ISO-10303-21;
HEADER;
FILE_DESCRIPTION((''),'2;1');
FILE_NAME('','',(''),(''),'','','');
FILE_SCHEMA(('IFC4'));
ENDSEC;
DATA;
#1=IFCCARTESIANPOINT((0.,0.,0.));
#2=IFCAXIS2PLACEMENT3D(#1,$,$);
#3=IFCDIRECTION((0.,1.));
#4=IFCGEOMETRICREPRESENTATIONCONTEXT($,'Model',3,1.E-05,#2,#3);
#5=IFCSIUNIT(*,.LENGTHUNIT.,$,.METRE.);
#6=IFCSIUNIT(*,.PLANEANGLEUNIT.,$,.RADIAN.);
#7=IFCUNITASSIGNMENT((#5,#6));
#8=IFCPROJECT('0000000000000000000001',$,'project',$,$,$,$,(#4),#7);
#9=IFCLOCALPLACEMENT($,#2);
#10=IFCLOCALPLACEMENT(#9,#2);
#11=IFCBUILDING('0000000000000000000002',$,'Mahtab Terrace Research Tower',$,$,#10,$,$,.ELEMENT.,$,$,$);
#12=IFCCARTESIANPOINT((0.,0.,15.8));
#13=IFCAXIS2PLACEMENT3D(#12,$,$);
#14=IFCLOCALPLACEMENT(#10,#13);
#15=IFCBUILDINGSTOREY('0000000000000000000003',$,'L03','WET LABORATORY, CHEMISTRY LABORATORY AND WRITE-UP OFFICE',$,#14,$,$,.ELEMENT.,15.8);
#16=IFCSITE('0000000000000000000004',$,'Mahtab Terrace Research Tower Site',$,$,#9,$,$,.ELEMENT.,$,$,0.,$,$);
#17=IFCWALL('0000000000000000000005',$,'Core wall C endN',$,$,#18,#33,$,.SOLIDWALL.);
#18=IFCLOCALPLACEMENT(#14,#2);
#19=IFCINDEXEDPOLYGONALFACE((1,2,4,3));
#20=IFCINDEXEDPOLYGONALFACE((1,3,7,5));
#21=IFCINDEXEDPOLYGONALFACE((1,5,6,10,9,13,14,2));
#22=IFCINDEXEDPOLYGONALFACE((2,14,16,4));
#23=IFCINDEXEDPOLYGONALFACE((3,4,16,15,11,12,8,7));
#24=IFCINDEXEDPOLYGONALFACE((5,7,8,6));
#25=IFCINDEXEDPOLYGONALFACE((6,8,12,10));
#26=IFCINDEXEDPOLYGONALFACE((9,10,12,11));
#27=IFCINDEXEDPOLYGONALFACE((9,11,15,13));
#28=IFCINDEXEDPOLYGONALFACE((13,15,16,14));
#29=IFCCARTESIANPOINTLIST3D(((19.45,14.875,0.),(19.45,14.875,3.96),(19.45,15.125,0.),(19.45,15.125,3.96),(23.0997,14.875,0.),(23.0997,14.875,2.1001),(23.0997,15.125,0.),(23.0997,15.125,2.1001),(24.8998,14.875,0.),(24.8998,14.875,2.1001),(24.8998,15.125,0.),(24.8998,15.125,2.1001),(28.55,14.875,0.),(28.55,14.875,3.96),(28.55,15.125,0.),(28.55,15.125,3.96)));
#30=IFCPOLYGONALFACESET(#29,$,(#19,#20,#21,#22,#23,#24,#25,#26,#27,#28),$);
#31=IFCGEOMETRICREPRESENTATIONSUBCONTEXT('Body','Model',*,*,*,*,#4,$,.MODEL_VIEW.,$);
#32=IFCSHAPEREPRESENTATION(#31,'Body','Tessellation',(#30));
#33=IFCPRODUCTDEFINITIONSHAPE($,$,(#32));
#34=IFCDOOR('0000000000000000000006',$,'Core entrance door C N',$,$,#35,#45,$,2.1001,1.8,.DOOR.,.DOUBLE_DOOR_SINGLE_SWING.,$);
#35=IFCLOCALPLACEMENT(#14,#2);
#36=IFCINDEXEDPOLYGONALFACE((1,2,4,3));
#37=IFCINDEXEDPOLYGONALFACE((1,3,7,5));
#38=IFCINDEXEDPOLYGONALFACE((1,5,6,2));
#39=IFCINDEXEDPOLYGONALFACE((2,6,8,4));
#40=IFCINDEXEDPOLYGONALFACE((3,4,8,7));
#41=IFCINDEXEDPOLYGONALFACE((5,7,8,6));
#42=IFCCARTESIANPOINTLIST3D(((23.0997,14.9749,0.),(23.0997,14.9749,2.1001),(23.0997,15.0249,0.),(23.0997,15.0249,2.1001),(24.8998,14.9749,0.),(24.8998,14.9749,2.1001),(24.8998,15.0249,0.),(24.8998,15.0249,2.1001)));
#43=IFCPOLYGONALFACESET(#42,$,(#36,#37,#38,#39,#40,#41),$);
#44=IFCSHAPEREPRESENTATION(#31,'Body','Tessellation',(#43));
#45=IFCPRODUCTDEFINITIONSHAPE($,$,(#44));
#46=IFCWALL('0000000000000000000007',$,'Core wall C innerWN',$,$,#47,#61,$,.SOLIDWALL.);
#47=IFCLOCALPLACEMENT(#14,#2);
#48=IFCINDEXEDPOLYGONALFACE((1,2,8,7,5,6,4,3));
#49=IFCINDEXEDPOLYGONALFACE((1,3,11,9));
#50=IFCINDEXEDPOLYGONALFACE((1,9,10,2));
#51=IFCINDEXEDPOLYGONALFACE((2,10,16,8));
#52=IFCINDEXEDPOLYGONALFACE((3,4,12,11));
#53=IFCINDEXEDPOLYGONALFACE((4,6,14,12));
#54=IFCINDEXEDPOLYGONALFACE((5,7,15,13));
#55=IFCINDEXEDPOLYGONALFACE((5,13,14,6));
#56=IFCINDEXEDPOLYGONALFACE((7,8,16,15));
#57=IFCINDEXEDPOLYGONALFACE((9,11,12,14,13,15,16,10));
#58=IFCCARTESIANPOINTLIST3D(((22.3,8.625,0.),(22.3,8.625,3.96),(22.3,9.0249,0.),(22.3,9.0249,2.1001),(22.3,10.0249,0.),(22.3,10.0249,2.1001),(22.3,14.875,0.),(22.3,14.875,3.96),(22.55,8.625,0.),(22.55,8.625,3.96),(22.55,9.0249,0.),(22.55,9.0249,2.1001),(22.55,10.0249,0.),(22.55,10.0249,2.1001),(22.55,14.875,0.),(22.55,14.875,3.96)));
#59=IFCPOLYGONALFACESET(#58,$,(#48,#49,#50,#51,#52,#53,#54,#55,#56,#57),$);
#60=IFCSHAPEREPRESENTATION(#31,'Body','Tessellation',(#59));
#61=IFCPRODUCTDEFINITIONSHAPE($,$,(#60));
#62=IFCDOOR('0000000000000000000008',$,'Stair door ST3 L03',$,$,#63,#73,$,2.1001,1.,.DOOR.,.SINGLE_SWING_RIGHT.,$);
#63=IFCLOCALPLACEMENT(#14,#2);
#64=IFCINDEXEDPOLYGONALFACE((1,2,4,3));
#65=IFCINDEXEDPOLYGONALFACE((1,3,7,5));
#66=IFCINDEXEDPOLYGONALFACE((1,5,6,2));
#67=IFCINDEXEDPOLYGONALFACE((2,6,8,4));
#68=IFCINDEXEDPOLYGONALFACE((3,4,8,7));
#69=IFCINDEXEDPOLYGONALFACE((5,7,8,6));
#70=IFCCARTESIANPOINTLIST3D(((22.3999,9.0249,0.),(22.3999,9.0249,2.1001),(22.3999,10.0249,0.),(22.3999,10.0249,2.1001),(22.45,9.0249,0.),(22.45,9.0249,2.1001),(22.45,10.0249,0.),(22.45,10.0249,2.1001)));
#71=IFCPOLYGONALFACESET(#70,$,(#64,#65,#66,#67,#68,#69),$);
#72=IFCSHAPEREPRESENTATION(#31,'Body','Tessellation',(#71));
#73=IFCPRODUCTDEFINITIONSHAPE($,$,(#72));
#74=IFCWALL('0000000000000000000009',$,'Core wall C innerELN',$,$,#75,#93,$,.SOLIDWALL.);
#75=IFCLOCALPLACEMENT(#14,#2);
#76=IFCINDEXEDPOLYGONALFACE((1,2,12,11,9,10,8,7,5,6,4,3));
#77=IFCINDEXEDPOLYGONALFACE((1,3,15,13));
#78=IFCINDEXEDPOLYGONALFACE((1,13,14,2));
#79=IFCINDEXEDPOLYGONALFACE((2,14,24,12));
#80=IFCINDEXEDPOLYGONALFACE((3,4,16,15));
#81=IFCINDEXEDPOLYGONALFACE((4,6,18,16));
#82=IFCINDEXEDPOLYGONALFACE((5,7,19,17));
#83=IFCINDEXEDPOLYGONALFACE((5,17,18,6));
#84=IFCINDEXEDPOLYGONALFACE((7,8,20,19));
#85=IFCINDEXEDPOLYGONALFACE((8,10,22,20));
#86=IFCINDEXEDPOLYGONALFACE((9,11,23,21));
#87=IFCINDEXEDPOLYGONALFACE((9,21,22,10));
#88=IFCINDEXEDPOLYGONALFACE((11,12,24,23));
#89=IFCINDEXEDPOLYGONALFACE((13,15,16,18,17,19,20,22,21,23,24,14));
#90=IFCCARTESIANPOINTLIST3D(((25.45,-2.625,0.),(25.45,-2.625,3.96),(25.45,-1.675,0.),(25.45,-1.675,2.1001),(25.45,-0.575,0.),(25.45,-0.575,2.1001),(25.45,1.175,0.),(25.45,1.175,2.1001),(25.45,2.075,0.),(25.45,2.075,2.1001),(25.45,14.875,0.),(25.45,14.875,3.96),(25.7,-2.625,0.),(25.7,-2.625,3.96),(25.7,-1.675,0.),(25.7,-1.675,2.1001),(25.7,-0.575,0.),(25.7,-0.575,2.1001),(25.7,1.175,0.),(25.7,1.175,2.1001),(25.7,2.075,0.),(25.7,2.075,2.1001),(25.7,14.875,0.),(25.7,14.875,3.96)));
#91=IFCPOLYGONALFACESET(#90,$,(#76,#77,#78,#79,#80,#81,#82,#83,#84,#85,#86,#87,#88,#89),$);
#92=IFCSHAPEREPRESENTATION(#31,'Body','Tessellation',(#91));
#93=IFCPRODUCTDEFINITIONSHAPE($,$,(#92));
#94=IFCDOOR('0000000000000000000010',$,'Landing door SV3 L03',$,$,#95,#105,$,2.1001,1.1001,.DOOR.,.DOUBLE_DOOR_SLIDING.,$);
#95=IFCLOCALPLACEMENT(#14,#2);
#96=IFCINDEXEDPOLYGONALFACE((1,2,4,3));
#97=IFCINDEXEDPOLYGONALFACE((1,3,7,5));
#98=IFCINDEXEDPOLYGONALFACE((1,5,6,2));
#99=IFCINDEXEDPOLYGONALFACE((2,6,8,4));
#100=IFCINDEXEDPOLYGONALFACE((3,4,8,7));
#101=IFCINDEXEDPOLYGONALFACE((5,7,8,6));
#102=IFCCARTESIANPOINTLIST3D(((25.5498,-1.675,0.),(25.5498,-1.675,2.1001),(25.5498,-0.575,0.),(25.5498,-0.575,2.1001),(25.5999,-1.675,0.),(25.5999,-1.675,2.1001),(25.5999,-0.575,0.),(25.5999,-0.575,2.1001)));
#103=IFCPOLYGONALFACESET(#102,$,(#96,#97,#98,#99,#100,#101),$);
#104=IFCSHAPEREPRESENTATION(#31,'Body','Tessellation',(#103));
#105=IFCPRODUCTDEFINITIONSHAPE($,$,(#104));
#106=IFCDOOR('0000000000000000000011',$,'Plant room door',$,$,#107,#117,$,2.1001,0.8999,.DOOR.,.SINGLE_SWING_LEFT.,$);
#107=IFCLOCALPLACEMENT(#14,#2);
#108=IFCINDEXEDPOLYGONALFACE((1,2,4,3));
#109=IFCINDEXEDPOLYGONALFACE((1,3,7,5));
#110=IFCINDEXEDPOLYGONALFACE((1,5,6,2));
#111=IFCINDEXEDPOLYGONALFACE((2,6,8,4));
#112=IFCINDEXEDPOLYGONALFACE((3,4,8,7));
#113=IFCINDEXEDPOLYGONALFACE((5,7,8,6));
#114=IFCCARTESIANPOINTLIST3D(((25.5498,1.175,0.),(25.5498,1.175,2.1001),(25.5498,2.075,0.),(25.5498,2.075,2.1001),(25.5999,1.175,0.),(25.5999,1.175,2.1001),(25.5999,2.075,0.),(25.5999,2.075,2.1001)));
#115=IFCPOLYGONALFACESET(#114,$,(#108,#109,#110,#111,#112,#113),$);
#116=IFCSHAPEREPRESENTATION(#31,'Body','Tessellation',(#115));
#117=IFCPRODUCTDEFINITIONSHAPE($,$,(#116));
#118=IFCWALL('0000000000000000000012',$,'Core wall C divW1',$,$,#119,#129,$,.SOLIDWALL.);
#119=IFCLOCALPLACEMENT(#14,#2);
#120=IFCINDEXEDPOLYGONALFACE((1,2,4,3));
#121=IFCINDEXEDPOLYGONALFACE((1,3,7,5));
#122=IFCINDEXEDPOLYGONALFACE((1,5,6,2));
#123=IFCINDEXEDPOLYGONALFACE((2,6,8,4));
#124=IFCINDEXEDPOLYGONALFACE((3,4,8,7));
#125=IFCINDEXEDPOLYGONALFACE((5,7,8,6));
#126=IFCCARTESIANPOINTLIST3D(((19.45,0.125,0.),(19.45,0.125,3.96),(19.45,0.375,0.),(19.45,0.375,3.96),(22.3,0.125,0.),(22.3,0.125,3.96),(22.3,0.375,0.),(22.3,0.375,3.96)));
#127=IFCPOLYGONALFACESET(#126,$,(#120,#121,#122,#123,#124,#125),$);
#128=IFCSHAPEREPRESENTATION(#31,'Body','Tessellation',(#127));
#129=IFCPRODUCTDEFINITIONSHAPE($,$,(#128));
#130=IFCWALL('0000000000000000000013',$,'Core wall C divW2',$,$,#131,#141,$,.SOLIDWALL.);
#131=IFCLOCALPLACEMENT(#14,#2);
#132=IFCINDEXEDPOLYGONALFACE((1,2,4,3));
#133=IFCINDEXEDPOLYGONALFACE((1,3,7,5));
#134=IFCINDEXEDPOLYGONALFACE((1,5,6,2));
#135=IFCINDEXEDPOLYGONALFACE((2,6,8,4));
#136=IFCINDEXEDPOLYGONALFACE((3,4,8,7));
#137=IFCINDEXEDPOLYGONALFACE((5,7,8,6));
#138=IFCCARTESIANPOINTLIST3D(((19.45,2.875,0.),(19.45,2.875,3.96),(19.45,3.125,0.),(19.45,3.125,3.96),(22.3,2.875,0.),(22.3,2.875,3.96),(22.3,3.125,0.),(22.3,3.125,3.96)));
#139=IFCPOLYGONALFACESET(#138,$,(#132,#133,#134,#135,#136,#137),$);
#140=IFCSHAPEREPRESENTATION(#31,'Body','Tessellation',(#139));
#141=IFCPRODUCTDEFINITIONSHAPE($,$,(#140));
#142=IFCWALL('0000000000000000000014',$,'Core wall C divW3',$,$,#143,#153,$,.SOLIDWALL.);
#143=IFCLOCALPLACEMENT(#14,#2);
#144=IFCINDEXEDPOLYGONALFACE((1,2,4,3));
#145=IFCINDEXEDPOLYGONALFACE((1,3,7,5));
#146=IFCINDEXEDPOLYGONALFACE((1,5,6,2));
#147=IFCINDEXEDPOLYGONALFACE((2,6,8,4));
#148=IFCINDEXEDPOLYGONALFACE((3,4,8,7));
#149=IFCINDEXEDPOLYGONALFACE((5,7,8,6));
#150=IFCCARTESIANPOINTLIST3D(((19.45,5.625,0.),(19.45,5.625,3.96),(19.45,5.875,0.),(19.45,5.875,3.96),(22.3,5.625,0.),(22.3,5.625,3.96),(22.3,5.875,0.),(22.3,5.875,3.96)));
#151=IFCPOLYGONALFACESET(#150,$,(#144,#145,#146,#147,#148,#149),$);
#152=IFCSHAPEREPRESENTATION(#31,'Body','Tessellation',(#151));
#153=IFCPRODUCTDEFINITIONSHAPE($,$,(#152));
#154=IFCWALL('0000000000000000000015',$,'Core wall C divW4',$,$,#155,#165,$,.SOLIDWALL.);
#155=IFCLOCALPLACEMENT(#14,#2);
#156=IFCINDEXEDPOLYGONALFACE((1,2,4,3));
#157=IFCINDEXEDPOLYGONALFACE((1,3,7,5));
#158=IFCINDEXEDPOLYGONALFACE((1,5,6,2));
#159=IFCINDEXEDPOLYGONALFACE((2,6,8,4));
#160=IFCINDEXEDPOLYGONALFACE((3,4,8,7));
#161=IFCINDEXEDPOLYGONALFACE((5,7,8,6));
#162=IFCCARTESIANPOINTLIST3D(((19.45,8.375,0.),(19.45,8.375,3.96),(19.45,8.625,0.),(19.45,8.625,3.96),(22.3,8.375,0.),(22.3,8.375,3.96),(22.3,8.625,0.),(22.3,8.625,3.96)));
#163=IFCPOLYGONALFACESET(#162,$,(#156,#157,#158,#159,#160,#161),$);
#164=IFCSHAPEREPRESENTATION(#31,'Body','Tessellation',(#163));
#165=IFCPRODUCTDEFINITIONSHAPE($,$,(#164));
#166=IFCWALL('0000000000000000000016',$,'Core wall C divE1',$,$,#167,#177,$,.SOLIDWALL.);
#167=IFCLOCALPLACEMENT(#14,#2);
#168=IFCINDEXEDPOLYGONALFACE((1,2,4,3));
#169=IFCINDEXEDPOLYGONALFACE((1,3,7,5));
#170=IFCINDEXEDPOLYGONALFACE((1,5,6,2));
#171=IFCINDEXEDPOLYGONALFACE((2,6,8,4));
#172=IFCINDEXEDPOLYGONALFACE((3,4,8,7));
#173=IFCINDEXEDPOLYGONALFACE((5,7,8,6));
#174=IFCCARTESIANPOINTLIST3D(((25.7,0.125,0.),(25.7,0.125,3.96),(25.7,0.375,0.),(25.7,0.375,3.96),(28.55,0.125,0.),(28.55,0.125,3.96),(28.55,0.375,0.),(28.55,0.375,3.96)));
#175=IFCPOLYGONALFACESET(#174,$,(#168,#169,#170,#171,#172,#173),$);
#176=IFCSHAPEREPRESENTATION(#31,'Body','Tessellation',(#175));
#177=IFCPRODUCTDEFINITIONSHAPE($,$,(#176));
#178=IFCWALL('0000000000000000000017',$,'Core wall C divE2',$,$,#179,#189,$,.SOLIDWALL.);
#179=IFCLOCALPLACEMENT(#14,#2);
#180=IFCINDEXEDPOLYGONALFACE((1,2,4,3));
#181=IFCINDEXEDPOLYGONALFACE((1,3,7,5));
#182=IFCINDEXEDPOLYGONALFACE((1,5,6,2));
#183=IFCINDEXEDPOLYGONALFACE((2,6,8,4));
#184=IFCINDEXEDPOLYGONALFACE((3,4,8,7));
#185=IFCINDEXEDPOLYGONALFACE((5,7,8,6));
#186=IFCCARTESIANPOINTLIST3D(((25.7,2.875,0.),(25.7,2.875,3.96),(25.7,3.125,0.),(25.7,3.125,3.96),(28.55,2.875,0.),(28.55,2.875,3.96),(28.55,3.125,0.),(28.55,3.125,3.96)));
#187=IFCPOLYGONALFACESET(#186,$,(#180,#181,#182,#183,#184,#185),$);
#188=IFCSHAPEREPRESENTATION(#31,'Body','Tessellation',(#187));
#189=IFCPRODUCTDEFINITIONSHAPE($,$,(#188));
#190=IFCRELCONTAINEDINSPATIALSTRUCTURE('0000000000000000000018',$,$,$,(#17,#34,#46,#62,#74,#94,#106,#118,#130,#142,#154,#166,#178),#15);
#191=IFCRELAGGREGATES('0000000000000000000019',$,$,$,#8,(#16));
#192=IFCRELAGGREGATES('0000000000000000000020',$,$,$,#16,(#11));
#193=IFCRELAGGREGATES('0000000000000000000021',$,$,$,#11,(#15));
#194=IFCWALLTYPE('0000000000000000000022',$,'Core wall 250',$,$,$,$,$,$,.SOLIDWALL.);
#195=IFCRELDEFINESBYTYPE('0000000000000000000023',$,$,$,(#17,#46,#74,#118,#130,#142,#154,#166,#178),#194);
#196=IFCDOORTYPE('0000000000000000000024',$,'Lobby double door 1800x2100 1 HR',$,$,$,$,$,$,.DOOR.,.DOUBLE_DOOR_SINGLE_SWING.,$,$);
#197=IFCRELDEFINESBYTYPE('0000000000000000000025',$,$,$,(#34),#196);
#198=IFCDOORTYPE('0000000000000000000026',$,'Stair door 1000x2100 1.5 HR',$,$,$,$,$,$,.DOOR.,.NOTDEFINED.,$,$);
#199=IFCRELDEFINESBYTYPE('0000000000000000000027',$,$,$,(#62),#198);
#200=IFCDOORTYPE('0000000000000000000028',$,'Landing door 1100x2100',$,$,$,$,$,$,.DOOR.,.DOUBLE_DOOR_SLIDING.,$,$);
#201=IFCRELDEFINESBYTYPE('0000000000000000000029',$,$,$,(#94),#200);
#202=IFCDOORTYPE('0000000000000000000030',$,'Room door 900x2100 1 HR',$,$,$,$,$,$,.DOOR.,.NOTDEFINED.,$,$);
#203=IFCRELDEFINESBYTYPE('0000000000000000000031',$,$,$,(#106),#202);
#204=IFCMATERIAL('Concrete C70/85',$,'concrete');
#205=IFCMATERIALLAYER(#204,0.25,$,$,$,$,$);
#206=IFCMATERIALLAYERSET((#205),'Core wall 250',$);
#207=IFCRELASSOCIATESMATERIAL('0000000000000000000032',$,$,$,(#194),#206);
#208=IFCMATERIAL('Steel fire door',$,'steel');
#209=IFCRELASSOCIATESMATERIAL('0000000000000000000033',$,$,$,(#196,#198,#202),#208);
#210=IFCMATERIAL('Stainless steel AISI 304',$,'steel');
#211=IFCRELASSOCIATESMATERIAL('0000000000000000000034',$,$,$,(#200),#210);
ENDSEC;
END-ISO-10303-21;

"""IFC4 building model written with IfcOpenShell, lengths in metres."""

from ifc_helpers import new_model, si_unit, direction, frame, frame_2d, origin, place, context, subcontext, project, spatial, rectangle, extrude, material, layer, layer_set, type_object, element, fill, save


model = new_model("IFC4")

# Units and contexts
model_context = context("Model", 3, precision=1e-05, world=origin(), true_north=direction((0.0, 1.0)))
body_context = subcontext(model_context, "Body", "Model", "MODEL_VIEW")
ifc_project = project(units=[si_unit("LENGTHUNIT", "METRE"), si_unit("PLANEANGLEUNIT", "RADIAN")], contexts=[model_context])

# Site, building, storey
site_placement = place(None, origin())
site = spatial("IfcSite", under=ifc_project, at=site_placement, Name="Mahtab Terrace Research Tower Site", CompositionType="ELEMENT", RefElevation=0.0)
building_placement = place(site_placement, origin())
building = spatial("IfcBuilding", under=site, at=building_placement, Name="Mahtab Terrace Research Tower", CompositionType="ELEMENT")
storey_placement = place(building_placement, frame((0.0, 0.0, 15.8)))
storey = spatial("IfcBuildingStorey", under=building, at=storey_placement, Name="L03", Description="WET LABORATORY, CHEMISTRY LABORATORY AND WRITE-UP OFFICE", CompositionType="ELEMENT", Elevation=15.8)

# Shared definitions
ifc_material_1 = material(Name="Concrete C70/85", Category="concrete")

# Walls, openings, doors
ifc_layer_1 = layer(ifc_material_1, 0.25)
ifc_layer_set_1 = layer_set([ifc_layer_1], Name="Core wall 250")
wall_type_1 = type_object("IfcWallType", Name="Core wall 250", PredefinedType="SOLIDWALL", material=ifc_layer_set_1)
wall_1_placement = place(storey_placement, frame((19.45, 15.0, 0.0), z_axis=(0.0, 0.0, 1.0), x_axis=(1.0, 0.0, 0.0)))
wall_1 = element("IfcWall", 1, at=wall_1_placement, inside=storey, type_object=wall_type_1, Name="Core wall C endN", PredefinedType="SOLIDWALL", context=body_context, shape_type="SweptSolid", body=[
    extrude(rectangle(XDim=9.1001, YDim=0.25, at=frame_2d((4.55, 0.0))), origin(), (0.0, 0.0, 1.0), 3.96),
])
opening_1_placement = place(wall_1_placement, frame((3.6499, 0.0, 0.0)))
opening_1 = element("IfcOpeningElement", 2, at=opening_1_placement, cuts=wall_1, PredefinedType="OPENING", context=body_context, shape_type="SweptSolid", body=[
    extrude(rectangle(XDim=1.8, YDim=2.1001, at=frame_2d((0.8999, 1.05))), frame((0.0, 0.135, 0.0), z_axis=(0.0, -1.0, 0.0), x_axis=(1.0, 0.0, 0.0)), (0.0, 0.0, 1.0), 0.27),
])
ifc_material_2 = material(Name="Steel fire door", Category="steel")
door_type_1 = type_object("IfcDoorType", Name="Lobby double door 1800x2100 1 HR", OperationType="DOUBLE_DOOR_SINGLE_SWING", PredefinedType="DOOR", material=ifc_material_2)
door_1_placement = place(opening_1_placement, origin())
door_1 = element("IfcDoor", 3, at=door_1_placement, inside=storey, type_object=door_type_1, Name="Core entrance door C N", OperationType="DOUBLE_DOOR_SINGLE_SWING", OverallHeight=2.1001, OverallWidth=1.8, PredefinedType="DOOR", context=body_context, shape_type="SweptSolid", body=[
    extrude(rectangle(XDim=1.8, YDim=2.1001, at=frame_2d((0.8999, 1.05))), frame((0.0, 0.0249, 0.0), z_axis=(0.0, -1.0, 0.0), x_axis=(1.0, 0.0, 0.0)), (0.0, 0.0, 1.0), 0.05),
])
fill(opening_1, door_1)
wall_2_placement = place(storey_placement, frame((22.425, 14.875, 0.0), z_axis=(0.0, 0.0, 1.0), x_axis=(0.0, -1.0, 0.0)))
wall_2 = element("IfcWall", 4, at=wall_2_placement, inside=storey, type_object=wall_type_1, Name="Core wall C innerWN", PredefinedType="SOLIDWALL", context=body_context, shape_type="SweptSolid", body=[
    extrude(rectangle(XDim=6.25, YDim=0.25, at=frame_2d((3.125, 0.0))), origin(), (0.0, 0.0, 1.0), 3.96),
])
opening_2_placement = place(wall_2_placement, frame((4.8501, 0.0, 0.0)))
opening_2 = element("IfcOpeningElement", 5, at=opening_2_placement, cuts=wall_2, PredefinedType="OPENING", context=body_context, shape_type="SweptSolid", body=[
    extrude(rectangle(XDim=1.0, YDim=2.1001, at=frame_2d((0.5, 1.05))), frame((0.0, 0.135, 0.0), z_axis=(0.0, -1.0, 0.0), x_axis=(1.0, 0.0, 0.0)), (0.0, 0.0, 1.0), 0.27),
])
door_type_2 = type_object("IfcDoorType", Name="Stair door 1000x2100 1.5 HR", OperationType="NOTDEFINED", PredefinedType="DOOR", material=ifc_material_2)
door_2_placement = place(opening_2_placement, origin())
door_2 = element("IfcDoor", 6, at=door_2_placement, inside=storey, type_object=door_type_2, Name="Stair door ST3 L03", OperationType="SINGLE_SWING_RIGHT", OverallHeight=2.1001, OverallWidth=1.0, PredefinedType="DOOR", context=body_context, shape_type="SweptSolid", body=[
    extrude(rectangle(XDim=1.0, YDim=2.1001, at=frame_2d((0.5, 1.05))), frame((0.0, 0.0249, 0.0), z_axis=(0.0, -1.0, 0.0), x_axis=(1.0, 0.0, 0.0)), (0.0, 0.0, 1.0), 0.05),
])
fill(opening_2, door_2)

# Wall, openings, doors
wall_3_placement = place(storey_placement, frame((25.575, 14.875, 0.0), z_axis=(0.0, 0.0, 1.0), x_axis=(0.0, -1.0, 0.0)))
wall_3 = element("IfcWall", 7, at=wall_3_placement, inside=storey, type_object=wall_type_1, Name="Core wall C innerELN", PredefinedType="SOLIDWALL", context=body_context, shape_type="SweptSolid", body=[
    extrude(rectangle(XDim=17.5, YDim=0.25, at=frame_2d((8.75, 0.0))), origin(), (0.0, 0.0, 1.0), 3.96),
])
opening_3_placement = place(wall_3_placement, frame((15.45, 0.0, 0.0)))
opening_3 = element("IfcOpeningElement", 8, at=opening_3_placement, cuts=wall_3, PredefinedType="OPENING", context=body_context, shape_type="SweptSolid", body=[
    extrude(rectangle(XDim=1.1001, YDim=2.1001, at=frame_2d((0.55, 1.05))), frame((0.0, 0.135, 0.0), z_axis=(0.0, -1.0, 0.0), x_axis=(1.0, 0.0, 0.0)), (0.0, 0.0, 1.0), 0.27),
])
opening_4_placement = place(wall_3_placement, frame((12.8, 0.0, 0.0)))
opening_4 = element("IfcOpeningElement", 9, at=opening_4_placement, cuts=wall_3, PredefinedType="OPENING", context=body_context, shape_type="SweptSolid", body=[
    extrude(rectangle(XDim=0.8999, YDim=2.1001, at=frame_2d((0.45, 1.05))), frame((0.0, 0.135, 0.0), z_axis=(0.0, -1.0, 0.0), x_axis=(1.0, 0.0, 0.0)), (0.0, 0.0, 1.0), 0.27),
])
ifc_material_3 = material(Name="Stainless steel AISI 304", Category="steel")
door_type_3 = type_object("IfcDoorType", Name="Landing door 1100x2100", OperationType="DOUBLE_DOOR_SLIDING", PredefinedType="DOOR", material=ifc_material_3)
door_3_placement = place(opening_3_placement, origin())
door_3 = element("IfcDoor", 10, at=door_3_placement, inside=storey, type_object=door_type_3, Name="Landing door SV3 L03", OperationType="DOUBLE_DOOR_SLIDING", OverallHeight=2.1001, OverallWidth=1.1001, PredefinedType="DOOR", context=body_context, shape_type="SweptSolid", body=[
    extrude(rectangle(XDim=1.1001, YDim=2.1001, at=frame_2d((0.55, 1.05))), frame((0.0, 0.0249, 0.0), z_axis=(0.0, -1.0, 0.0), x_axis=(1.0, 0.0, 0.0)), (0.0, 0.0, 1.0), 0.05),
])
fill(opening_3, door_3)
door_type_4 = type_object("IfcDoorType", Name="Room door 900x2100 1 HR", OperationType="NOTDEFINED", PredefinedType="DOOR", material=ifc_material_2)
door_4_placement = place(opening_4_placement, origin())
door_4 = element("IfcDoor", 11, at=door_4_placement, inside=storey, type_object=door_type_4, Name="Plant room door", OperationType="SINGLE_SWING_LEFT", OverallHeight=2.1001, OverallWidth=0.8999, PredefinedType="DOOR", context=body_context, shape_type="SweptSolid", body=[
    extrude(rectangle(XDim=0.8999, YDim=2.1001, at=frame_2d((0.45, 1.05))), frame((0.0, 0.0249, 0.0), z_axis=(0.0, -1.0, 0.0), x_axis=(1.0, 0.0, 0.0)), (0.0, 0.0, 1.0), 0.05),
])
fill(opening_4, door_4)

# Walls
for number, where, z_axis, x_axis, name in (
    (12, (19.45, 0.25, 0.0), (0.0, 0.0, 1.0), (1.0, 0.0, 0.0), "Core wall C divW1"),
    (13, (19.45, 3.0, 0.0), (0.0, 0.0, 1.0), (1.0, 0.0, 0.0), "Core wall C divW2"),
    (14, (19.45, 5.75, 0.0), (0.0, 0.0, 1.0), (1.0, 0.0, 0.0), "Core wall C divW3"),
    (15, (19.45, 8.5, 0.0), (0.0, 0.0, 1.0), (1.0, 0.0, 0.0), "Core wall C divW4"),
    (16, (25.7, 0.25, 0.0), (0.0, 0.0, 1.0), (1.0, 0.0, 0.0), "Core wall C divE1"),
    (17, (25.7, 3.0, 0.0), (0.0, 0.0, 1.0), (1.0, 0.0, 0.0), "Core wall C divE2"),
):
    element("IfcWall", number, at=place(storey_placement, frame(where, z_axis=z_axis, x_axis=x_axis)), inside=storey, type_object=wall_type_1, Name=name, PredefinedType="SOLIDWALL", context=body_context, shape_type="SweptSolid", body=[
        extrude(rectangle(XDim=2.8501, YDim=0.25, at=frame_2d((1.425, 0.0))), origin(), (0.0, 0.0, 1.0), 3.96),
    ])

save(model, "model.ifc")
